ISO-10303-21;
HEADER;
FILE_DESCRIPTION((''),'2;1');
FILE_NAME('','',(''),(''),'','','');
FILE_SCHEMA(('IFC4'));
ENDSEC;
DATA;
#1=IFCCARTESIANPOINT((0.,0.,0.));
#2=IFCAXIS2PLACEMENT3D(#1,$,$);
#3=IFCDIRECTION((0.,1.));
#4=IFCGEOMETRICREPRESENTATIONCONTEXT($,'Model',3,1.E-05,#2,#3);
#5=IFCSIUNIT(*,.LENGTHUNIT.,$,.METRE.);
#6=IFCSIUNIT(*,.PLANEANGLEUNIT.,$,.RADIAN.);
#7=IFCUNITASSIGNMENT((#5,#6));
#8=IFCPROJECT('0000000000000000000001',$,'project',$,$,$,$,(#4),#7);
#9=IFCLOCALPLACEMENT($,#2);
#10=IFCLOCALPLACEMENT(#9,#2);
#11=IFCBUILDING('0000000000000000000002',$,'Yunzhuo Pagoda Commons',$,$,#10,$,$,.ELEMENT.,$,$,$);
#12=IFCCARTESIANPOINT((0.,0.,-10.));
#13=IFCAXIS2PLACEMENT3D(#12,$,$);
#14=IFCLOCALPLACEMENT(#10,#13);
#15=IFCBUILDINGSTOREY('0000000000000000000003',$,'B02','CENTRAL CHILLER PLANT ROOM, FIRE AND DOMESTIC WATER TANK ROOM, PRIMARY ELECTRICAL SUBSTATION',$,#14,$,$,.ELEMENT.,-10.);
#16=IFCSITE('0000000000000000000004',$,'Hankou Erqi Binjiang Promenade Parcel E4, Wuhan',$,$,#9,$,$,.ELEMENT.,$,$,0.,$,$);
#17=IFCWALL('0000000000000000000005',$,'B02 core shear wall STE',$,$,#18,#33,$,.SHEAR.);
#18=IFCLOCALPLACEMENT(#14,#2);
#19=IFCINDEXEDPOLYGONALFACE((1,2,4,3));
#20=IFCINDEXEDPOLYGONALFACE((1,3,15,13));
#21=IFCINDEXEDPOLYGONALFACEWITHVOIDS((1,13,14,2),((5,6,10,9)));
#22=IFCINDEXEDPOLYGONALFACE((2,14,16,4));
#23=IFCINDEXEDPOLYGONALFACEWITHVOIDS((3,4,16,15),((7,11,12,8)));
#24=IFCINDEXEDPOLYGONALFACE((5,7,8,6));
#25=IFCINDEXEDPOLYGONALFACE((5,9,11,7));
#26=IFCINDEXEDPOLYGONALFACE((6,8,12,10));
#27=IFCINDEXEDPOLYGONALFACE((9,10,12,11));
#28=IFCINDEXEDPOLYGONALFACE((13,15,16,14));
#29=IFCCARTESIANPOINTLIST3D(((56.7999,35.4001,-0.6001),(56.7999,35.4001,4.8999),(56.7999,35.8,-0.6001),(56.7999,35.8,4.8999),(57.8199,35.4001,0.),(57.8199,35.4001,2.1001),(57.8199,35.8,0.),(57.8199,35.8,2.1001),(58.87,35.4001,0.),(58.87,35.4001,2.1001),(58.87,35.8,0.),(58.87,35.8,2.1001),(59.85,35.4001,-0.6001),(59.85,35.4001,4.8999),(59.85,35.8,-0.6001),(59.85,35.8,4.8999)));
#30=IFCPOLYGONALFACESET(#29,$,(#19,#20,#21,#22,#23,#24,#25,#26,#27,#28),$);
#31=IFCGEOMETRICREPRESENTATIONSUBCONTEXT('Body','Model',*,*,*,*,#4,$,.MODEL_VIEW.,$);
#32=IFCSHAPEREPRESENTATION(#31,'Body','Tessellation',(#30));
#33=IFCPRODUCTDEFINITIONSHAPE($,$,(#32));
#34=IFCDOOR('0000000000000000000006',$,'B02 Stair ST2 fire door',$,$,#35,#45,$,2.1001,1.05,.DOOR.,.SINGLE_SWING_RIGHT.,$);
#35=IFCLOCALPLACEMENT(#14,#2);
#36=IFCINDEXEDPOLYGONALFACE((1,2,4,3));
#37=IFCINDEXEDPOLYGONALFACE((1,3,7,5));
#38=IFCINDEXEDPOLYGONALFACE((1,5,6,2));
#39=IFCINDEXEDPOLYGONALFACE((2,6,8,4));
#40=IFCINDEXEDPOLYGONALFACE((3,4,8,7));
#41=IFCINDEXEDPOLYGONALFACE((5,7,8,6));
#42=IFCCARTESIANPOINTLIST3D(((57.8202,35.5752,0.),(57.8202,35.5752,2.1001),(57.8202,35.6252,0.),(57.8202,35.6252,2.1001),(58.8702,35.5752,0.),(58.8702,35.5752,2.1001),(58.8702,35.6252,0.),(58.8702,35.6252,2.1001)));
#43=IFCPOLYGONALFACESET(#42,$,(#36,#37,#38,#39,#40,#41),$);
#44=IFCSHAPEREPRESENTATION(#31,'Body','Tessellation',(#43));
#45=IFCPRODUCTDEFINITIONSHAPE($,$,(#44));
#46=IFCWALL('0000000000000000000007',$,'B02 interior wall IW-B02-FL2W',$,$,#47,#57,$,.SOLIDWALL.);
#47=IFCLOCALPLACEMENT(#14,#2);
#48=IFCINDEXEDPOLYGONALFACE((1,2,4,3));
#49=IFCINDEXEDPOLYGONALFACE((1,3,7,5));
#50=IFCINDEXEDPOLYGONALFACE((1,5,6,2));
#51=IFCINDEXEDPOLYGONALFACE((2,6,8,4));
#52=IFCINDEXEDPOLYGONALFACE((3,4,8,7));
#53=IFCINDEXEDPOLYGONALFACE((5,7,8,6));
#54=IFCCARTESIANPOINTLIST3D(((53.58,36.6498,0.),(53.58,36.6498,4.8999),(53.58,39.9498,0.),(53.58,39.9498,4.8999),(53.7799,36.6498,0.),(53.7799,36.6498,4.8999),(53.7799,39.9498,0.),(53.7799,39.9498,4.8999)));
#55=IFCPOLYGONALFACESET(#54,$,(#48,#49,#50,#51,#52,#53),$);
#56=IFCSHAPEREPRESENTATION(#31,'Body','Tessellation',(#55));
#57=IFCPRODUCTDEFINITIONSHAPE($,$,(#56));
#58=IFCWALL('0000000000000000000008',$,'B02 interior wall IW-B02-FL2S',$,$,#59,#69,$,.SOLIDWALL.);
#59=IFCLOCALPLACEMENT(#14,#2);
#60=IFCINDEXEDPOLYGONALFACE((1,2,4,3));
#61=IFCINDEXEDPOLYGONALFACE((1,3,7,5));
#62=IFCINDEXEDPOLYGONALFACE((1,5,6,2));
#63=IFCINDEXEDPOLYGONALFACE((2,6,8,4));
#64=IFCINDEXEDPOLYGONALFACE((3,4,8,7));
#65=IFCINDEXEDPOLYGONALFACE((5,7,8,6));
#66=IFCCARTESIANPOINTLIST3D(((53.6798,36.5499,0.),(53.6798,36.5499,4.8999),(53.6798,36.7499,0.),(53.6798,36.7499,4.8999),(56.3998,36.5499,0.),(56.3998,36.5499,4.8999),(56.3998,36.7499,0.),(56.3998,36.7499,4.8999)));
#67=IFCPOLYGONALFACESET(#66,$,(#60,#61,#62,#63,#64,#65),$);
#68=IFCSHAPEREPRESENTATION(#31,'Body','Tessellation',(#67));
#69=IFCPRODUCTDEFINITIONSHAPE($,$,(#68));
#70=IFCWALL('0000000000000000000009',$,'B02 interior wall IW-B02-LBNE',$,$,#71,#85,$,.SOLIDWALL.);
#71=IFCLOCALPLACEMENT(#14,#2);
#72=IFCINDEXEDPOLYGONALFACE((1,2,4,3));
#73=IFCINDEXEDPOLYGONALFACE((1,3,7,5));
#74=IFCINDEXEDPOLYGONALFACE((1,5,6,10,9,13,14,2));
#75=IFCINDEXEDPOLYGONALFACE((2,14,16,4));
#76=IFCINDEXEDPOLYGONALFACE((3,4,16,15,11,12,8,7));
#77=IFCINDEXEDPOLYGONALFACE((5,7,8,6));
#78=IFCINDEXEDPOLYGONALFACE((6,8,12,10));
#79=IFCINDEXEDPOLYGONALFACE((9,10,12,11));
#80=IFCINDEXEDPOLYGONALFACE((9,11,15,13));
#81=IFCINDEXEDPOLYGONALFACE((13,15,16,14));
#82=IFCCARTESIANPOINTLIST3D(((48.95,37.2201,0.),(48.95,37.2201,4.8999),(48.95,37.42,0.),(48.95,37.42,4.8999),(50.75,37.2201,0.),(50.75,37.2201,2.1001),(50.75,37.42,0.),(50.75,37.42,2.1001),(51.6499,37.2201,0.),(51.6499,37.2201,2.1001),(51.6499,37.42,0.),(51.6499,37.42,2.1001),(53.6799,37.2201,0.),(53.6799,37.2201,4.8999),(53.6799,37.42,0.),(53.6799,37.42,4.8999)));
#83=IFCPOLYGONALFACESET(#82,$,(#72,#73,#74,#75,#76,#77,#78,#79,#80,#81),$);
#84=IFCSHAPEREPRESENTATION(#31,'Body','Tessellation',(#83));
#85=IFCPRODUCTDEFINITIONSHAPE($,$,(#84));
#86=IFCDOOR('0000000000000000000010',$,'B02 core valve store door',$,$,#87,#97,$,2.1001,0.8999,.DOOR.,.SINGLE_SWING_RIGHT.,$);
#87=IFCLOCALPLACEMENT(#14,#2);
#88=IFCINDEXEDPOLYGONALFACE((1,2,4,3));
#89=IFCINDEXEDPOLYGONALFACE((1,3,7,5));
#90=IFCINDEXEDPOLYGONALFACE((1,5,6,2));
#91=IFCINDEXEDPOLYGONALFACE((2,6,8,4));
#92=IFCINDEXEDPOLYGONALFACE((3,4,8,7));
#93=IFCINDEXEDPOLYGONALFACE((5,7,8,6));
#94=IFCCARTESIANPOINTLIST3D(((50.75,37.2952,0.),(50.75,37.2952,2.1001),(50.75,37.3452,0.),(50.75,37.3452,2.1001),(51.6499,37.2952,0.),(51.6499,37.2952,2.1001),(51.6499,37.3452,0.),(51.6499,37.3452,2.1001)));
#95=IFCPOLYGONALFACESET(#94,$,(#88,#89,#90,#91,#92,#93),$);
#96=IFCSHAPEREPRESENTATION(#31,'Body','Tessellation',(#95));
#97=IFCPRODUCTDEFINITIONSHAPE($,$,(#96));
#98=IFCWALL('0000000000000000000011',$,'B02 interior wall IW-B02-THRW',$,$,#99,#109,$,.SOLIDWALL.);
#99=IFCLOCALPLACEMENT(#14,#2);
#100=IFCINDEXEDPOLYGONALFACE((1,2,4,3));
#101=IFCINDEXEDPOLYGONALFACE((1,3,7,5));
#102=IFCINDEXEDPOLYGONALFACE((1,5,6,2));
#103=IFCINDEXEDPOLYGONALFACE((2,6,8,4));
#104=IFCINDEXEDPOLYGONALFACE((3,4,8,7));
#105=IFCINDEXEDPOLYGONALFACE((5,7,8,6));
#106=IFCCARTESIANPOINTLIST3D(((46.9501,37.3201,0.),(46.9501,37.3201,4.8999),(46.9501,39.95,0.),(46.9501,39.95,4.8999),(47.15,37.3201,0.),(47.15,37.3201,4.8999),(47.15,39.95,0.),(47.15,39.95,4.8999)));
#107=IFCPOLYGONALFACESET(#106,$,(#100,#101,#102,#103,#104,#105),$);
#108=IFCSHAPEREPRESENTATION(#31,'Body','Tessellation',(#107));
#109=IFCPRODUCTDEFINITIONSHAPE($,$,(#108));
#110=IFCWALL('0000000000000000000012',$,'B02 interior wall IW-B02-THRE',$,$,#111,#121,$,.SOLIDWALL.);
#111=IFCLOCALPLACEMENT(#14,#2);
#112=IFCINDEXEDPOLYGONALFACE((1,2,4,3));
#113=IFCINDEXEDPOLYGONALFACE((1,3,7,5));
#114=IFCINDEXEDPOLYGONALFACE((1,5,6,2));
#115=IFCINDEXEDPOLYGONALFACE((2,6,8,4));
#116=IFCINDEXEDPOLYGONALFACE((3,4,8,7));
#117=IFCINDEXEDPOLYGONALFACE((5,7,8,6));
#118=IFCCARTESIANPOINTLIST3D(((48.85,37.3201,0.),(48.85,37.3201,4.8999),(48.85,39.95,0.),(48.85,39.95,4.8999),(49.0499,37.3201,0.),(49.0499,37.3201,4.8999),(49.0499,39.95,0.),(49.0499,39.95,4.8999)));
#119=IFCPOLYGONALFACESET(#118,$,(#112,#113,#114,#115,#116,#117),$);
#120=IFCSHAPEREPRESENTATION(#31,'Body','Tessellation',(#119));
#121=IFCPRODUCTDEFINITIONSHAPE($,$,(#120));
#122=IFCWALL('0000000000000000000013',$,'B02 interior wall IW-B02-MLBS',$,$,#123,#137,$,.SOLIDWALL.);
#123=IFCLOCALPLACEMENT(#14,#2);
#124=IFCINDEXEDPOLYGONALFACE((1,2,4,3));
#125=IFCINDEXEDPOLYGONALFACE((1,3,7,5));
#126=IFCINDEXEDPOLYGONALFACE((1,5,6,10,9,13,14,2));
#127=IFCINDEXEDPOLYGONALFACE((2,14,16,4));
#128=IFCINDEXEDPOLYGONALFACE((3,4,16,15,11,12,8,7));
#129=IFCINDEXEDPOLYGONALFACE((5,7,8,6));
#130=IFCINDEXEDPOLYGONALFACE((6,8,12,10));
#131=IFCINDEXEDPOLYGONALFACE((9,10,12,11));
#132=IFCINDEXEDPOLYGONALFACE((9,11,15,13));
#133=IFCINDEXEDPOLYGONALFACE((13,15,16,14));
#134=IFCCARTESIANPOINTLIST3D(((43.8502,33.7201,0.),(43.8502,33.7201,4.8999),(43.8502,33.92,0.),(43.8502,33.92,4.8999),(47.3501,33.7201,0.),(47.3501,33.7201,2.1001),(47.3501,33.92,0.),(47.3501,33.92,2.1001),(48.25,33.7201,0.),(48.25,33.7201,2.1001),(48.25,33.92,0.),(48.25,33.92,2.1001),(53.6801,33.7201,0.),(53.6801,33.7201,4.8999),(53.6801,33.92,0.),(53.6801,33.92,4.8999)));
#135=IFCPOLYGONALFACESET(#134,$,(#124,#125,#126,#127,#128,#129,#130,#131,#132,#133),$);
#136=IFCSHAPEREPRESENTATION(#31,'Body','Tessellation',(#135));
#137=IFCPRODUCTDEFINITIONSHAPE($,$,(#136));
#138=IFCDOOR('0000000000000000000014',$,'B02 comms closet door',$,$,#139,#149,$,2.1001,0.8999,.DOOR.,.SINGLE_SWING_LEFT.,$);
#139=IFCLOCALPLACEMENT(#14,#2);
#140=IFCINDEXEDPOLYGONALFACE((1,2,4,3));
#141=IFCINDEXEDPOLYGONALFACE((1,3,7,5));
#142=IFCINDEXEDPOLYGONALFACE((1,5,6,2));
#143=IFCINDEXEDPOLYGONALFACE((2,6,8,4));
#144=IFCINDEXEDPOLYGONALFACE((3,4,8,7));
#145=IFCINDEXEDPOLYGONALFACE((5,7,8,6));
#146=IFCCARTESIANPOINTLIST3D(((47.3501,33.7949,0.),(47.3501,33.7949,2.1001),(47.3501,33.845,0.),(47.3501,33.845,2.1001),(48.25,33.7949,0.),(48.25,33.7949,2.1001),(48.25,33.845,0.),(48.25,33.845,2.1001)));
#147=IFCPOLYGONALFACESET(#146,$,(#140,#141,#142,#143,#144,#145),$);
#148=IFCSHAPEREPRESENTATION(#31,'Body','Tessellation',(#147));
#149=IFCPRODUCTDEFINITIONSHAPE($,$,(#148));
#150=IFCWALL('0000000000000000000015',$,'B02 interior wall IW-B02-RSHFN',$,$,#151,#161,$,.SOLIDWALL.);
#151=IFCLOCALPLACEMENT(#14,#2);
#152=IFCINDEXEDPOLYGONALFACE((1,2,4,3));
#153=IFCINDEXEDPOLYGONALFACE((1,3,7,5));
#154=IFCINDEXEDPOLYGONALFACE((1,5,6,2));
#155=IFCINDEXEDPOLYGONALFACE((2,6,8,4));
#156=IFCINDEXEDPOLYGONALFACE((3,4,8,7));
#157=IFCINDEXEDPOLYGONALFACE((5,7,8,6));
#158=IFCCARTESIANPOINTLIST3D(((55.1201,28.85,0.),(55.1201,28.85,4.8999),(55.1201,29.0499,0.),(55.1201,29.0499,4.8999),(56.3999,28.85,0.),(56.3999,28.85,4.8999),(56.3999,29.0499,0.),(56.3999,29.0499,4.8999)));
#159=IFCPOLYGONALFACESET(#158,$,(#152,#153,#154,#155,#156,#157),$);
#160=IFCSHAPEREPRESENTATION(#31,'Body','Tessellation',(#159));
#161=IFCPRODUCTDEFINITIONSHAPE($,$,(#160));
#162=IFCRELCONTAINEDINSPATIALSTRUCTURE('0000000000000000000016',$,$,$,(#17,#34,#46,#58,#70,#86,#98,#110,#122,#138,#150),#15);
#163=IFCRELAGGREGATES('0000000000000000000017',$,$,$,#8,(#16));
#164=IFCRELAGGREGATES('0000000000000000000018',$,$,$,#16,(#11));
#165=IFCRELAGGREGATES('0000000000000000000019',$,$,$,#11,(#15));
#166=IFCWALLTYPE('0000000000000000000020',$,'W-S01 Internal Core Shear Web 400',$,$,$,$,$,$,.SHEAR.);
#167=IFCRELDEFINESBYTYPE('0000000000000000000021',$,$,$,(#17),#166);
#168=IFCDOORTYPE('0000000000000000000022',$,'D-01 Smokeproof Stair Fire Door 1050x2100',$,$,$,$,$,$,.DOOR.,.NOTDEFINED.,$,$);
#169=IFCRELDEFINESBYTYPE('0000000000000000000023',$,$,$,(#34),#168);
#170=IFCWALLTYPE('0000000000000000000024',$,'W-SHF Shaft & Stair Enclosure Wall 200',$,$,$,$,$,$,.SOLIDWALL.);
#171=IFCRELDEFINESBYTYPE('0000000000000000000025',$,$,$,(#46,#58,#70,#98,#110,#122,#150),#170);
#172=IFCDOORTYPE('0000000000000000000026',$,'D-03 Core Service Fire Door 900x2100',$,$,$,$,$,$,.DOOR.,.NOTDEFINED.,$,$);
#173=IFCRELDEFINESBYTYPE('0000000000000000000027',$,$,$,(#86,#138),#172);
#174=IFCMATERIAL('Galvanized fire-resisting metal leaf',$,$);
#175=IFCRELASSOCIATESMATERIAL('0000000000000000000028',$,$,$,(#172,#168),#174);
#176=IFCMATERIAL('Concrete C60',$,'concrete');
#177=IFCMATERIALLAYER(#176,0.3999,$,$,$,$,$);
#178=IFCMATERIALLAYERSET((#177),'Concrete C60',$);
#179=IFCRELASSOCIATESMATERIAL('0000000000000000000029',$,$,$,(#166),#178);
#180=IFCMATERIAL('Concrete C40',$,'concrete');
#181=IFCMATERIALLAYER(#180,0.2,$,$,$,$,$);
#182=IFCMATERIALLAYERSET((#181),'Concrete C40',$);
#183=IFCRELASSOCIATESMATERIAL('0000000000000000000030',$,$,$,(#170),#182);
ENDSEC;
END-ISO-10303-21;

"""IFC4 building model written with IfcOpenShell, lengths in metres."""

from ifc_helpers import new_model, si_unit, direction, frame, frame_2d, origin, origin_with_axes, place, context, subcontext, project, spatial, rectangle, extrude, source, transform, mapped, material, layer, layer_set, type_object, element, fill, save


model = new_model("IFC4")

# Units and contexts
model_context = context("Model", 3, precision=1e-05, world=origin(), true_north=direction((0.0, 1.0)))
body_context = subcontext(model_context, "Body", "Model", "MODEL_VIEW")
ifc_project = project(units=[si_unit("LENGTHUNIT", "METRE"), si_unit("PLANEANGLEUNIT", "RADIAN")], contexts=[model_context])

# Site, building, storey
site_placement = place(None, origin())
site = spatial("IfcSite", under=ifc_project, at=site_placement, Name="Hankou Erqi Binjiang Promenade Parcel E4, Wuhan", CompositionType="ELEMENT", RefElevation=0.0)
building_placement = place(site_placement, origin())
building = spatial("IfcBuilding", under=site, at=building_placement, Name="Yunzhuo Pagoda Commons", CompositionType="ELEMENT")
storey_placement = place(building_placement, frame((0.0, 0.0, -10.0)))
storey = spatial("IfcBuildingStorey", under=building, at=storey_placement, Name="B02", Description="CENTRAL CHILLER PLANT ROOM, FIRE AND DOMESTIC WATER TANK ROOM, PRIMARY ELECTRICAL SUBSTATION", CompositionType="ELEMENT", Elevation=-10.0)

# Wall, opening, door
ifc_material_1 = material(Name="Galvanized fire-resisting metal leaf")
door_type_1 = type_object("IfcDoorType", Name="D-03 Core Service Fire Door 900x2100", OperationType="NOTDEFINED", PredefinedType="DOOR", material=ifc_material_1)
shared_shape_1 = source(origin(), body_context, "Body", "SweptSolid", [
    extrude(rectangle(XDim=0.8999, YDim=2.1001, at=frame_2d((0.45, 1.05))), frame((0.0, 0.0249, 0.0), z_axis=(0.0, -1.0, 0.0), x_axis=(1.0, 0.0, 0.0)), (0.0, 0.0, 1.0), 0.05),
])
ifc_material_2 = material(Name="Concrete C60", Category="concrete")
ifc_layer_1 = layer(ifc_material_2, 0.3999)
ifc_layer_set_1 = layer_set([ifc_layer_1], Name="Concrete C60")
wall_type_1 = type_object("IfcWallType", Name="W-S01 Internal Core Shear Web 400", PredefinedType="SHEAR", material=ifc_layer_set_1)
wall_1_placement = place(storey_placement, frame((56.8, 35.6001, -0.6001), z_axis=(0.0, 0.0, 1.0), x_axis=(1.0, 0.0, 0.0)))
wall_1 = element("IfcWall", 1, at=wall_1_placement, inside=storey, type_object=wall_type_1, Name="B02 core shear wall STE", PredefinedType="SHEAR", context=body_context, shape_type="SweptSolid", body=[
    extrude(rectangle(XDim=3.05, YDim=0.3999, at=frame_2d((1.5249, 0.0))), origin(), (0.0, 0.0, 1.0), 5.5),
])
opening_1_placement = place(wall_1_placement, frame((1.02, 0.0, 0.6001)))
opening_1 = element("IfcOpeningElement", 2, at=opening_1_placement, cuts=wall_1, PredefinedType="OPENING", context=body_context, shape_type="SweptSolid", body=[
    extrude(rectangle(XDim=1.05, YDim=2.1001, at=frame_2d((0.5249, 1.05))), frame((0.0, 0.21, 0.0), z_axis=(0.0, -1.0, 0.0), x_axis=(1.0, 0.0, 0.0)), (0.0, 0.0, 1.0), 0.4199),
])
door_type_2 = type_object("IfcDoorType", Name="D-01 Smokeproof Stair Fire Door 1050x2100", OperationType="NOTDEFINED", PredefinedType="DOOR", material=ifc_material_1)
shared_shape_2 = source(origin(), body_context, "Body", "SweptSolid", [
    extrude(rectangle(XDim=1.05, YDim=2.1001, at=frame_2d((0.5249, 1.05))), frame((0.0, 0.0249, 0.0), z_axis=(0.0, -1.0, 0.0), x_axis=(1.0, 0.0, 0.0)), (0.0, 0.0, 1.0), 0.05),
])
door_1_placement = place(opening_1_placement, frame((1.05, 0.0, 0.0), z_axis=(0.0, 0.0, 1.0), x_axis=(-1.0, 0.0, 0.0)))
door_1 = element("IfcDoor", 3, at=door_1_placement, inside=storey, type_object=door_type_2, Name="B02 Stair ST2 fire door", OperationType="SINGLE_SWING_RIGHT", OverallHeight=2.1001, OverallWidth=1.05, PredefinedType="DOOR", context=body_context, shape_type="MappedRepresentation", body=[
    mapped(shared_shape_2, transform((0.0, 0.0, 0.0), scale=1.0)),
])
fill(opening_1, door_1)

# Walls
ifc_material_3 = material(Name="Concrete C40", Category="concrete")
ifc_layer_2 = layer(ifc_material_3, 0.2)
ifc_layer_set_2 = layer_set([ifc_layer_2], Name="Concrete C40")
wall_type_2 = type_object("IfcWallType", Name="W-SHF Shaft & Stair Enclosure Wall 200", PredefinedType="SOLIDWALL", material=ifc_layer_set_2)
wall_2_placement = place(storey_placement, frame((53.6799, 36.6499, 0.0), z_axis=(0.0, 0.0, 1.0), x_axis=(0.0, 1.0, 0.0)))
element("IfcWall", 4, at=wall_2_placement, inside=storey, type_object=wall_type_2, Name="B02 interior wall IW-B02-FL2W", PredefinedType="SOLIDWALL", context=body_context, shape_type="SweptSolid", body=[
    extrude(rectangle(XDim=3.3, YDim=0.2, at=frame_2d((1.6499, 0.0))), origin(), (0.0, 0.0, 1.0), 4.8999),
])
wall_3_placement = place(storey_placement, frame((53.6799, 36.6499, 0.0), z_axis=(0.0, 0.0, 1.0), x_axis=(1.0, 0.0, 0.0)))
element("IfcWall", 5, at=wall_3_placement, inside=storey, type_object=wall_type_2, Name="B02 interior wall IW-B02-FL2S", PredefinedType="SOLIDWALL", context=body_context, shape_type="SweptSolid", body=[
    extrude(rectangle(XDim=2.72, YDim=0.2, at=frame_2d((1.3599, 0.0))), origin(), (0.0, 0.0, 1.0), 4.8999),
])

# Wall, opening, door
wall_4_placement = place(storey_placement, frame((48.95, 37.3201, 0.0), z_axis=(0.0, 0.0, 1.0), x_axis=(1.0, 0.0, 0.0)))
wall_4 = element("IfcWall", 6, at=wall_4_placement, inside=storey, type_object=wall_type_2, Name="B02 interior wall IW-B02-LBNE", PredefinedType="SOLIDWALL", context=body_context, shape_type="SweptSolid", body=[
    extrude(rectangle(XDim=4.73, YDim=0.2, at=frame_2d((2.365, 0.0))), origin(), (0.0, 0.0, 1.0), 4.8999),
])
opening_2_placement = place(wall_4_placement, frame((1.8, 0.0, 0.0)))
opening_2 = element("IfcOpeningElement", 7, at=opening_2_placement, cuts=wall_4, PredefinedType="OPENING", context=body_context, shape_type="SweptSolid", body=[
    extrude(rectangle(XDim=0.8999, YDim=2.1001, at=frame_2d((0.45, 1.05))), frame((0.0, 0.1099, 0.0), z_axis=(0.0, -1.0, 0.0), x_axis=(1.0, 0.0, 0.0)), (0.0, 0.0, 1.0), 0.22),
])
door_2_placement = place(opening_2_placement, frame((0.8999, 0.0, 0.0), z_axis=(0.0, 0.0, 1.0), x_axis=(-1.0, 0.0, 0.0)))
door_2 = element("IfcDoor", 8, at=door_2_placement, inside=storey, type_object=door_type_1, Name="B02 core valve store door", OperationType="SINGLE_SWING_RIGHT", OverallHeight=2.1001, OverallWidth=0.8999, PredefinedType="DOOR", context=body_context, shape_type="MappedRepresentation", body=[
    mapped(shared_shape_1, transform((0.0, 0.0, 0.0), scale=1.0)),
])
fill(opening_2, door_2)

# Walls
for number, where, z_axis, x_axis, name in (
    (9, (47.05, 37.3201, 0.0), (0.0, 0.0, 1.0), (0.0, 1.0, 0.0), "B02 interior wall IW-B02-THRW"),
    (10, (48.95, 37.3201, 0.0), (0.0, 0.0, 1.0), (0.0, 1.0, 0.0), "B02 interior wall IW-B02-THRE"),
):
    element("IfcWall", number, at=place(storey_placement, frame(where, z_axis=z_axis, x_axis=x_axis)), inside=storey, type_object=wall_type_2, Name=name, PredefinedType="SOLIDWALL", context=body_context, shape_type="SweptSolid", body=[
        extrude(rectangle(XDim=2.6299, YDim=0.2, at=frame_2d((1.3149, 0.0))), origin(), (0.0, 0.0, 1.0), 4.8999),
    ])

# Wall, opening, door
wall_5_placement = place(storey_placement, frame((43.8501, 33.8201, 0.0), z_axis=(0.0, 0.0, 1.0), x_axis=(1.0, 0.0, 0.0)))
wall_5 = element("IfcWall", 11, at=wall_5_placement, inside=storey, type_object=wall_type_2, Name="B02 interior wall IW-B02-MLBS", PredefinedType="SOLIDWALL", context=body_context, shape_type="SweptSolid", body=[
    extrude(rectangle(XDim=9.8298, YDim=0.2, at=frame_2d((4.915, 0.0))), origin(), (0.0, 0.0, 1.0), 4.8999),
])
opening_3_placement = place(wall_5_placement, frame((3.5, 0.0, 0.0)))
opening_3 = element("IfcOpeningElement", 12, at=opening_3_placement, cuts=wall_5, PredefinedType="OPENING", context=body_context, shape_type="SweptSolid", body=[
    extrude(rectangle(XDim=0.8999, YDim=2.1001, at=frame_2d((0.45, 1.05))), frame((0.0, 0.1099, 0.0), z_axis=(0.0, -1.0, 0.0), x_axis=(1.0, 0.0, 0.0)), (0.0, 0.0, 1.0), 0.22),
])
door_3_placement = place(opening_3_placement, origin_with_axes())
door_3 = element("IfcDoor", 13, at=door_3_placement, inside=storey, type_object=door_type_1, Name="B02 comms closet door", OperationType="SINGLE_SWING_LEFT", OverallHeight=2.1001, OverallWidth=0.8999, PredefinedType="DOOR", context=body_context, shape_type="MappedRepresentation", body=[
    mapped(shared_shape_1, transform((0.0, 0.0, 0.0), scale=1.0)),
])
fill(opening_3, door_3)

# Wall
wall_6_placement = place(storey_placement, frame((55.1201, 28.95, 0.0), z_axis=(0.0, 0.0, 1.0), x_axis=(1.0, 0.0, 0.0)))
element("IfcWall", 14, at=wall_6_placement, inside=storey, type_object=wall_type_2, Name="B02 interior wall IW-B02-RSHFN", PredefinedType="SOLIDWALL", context=body_context, shape_type="SweptSolid", body=[
    extrude(rectangle(XDim=1.2798, YDim=0.2, at=frame_2d((0.6399, 0.0))), origin(), (0.0, 0.0, 1.0), 4.8999),
])

save(model, "model.ifc")
